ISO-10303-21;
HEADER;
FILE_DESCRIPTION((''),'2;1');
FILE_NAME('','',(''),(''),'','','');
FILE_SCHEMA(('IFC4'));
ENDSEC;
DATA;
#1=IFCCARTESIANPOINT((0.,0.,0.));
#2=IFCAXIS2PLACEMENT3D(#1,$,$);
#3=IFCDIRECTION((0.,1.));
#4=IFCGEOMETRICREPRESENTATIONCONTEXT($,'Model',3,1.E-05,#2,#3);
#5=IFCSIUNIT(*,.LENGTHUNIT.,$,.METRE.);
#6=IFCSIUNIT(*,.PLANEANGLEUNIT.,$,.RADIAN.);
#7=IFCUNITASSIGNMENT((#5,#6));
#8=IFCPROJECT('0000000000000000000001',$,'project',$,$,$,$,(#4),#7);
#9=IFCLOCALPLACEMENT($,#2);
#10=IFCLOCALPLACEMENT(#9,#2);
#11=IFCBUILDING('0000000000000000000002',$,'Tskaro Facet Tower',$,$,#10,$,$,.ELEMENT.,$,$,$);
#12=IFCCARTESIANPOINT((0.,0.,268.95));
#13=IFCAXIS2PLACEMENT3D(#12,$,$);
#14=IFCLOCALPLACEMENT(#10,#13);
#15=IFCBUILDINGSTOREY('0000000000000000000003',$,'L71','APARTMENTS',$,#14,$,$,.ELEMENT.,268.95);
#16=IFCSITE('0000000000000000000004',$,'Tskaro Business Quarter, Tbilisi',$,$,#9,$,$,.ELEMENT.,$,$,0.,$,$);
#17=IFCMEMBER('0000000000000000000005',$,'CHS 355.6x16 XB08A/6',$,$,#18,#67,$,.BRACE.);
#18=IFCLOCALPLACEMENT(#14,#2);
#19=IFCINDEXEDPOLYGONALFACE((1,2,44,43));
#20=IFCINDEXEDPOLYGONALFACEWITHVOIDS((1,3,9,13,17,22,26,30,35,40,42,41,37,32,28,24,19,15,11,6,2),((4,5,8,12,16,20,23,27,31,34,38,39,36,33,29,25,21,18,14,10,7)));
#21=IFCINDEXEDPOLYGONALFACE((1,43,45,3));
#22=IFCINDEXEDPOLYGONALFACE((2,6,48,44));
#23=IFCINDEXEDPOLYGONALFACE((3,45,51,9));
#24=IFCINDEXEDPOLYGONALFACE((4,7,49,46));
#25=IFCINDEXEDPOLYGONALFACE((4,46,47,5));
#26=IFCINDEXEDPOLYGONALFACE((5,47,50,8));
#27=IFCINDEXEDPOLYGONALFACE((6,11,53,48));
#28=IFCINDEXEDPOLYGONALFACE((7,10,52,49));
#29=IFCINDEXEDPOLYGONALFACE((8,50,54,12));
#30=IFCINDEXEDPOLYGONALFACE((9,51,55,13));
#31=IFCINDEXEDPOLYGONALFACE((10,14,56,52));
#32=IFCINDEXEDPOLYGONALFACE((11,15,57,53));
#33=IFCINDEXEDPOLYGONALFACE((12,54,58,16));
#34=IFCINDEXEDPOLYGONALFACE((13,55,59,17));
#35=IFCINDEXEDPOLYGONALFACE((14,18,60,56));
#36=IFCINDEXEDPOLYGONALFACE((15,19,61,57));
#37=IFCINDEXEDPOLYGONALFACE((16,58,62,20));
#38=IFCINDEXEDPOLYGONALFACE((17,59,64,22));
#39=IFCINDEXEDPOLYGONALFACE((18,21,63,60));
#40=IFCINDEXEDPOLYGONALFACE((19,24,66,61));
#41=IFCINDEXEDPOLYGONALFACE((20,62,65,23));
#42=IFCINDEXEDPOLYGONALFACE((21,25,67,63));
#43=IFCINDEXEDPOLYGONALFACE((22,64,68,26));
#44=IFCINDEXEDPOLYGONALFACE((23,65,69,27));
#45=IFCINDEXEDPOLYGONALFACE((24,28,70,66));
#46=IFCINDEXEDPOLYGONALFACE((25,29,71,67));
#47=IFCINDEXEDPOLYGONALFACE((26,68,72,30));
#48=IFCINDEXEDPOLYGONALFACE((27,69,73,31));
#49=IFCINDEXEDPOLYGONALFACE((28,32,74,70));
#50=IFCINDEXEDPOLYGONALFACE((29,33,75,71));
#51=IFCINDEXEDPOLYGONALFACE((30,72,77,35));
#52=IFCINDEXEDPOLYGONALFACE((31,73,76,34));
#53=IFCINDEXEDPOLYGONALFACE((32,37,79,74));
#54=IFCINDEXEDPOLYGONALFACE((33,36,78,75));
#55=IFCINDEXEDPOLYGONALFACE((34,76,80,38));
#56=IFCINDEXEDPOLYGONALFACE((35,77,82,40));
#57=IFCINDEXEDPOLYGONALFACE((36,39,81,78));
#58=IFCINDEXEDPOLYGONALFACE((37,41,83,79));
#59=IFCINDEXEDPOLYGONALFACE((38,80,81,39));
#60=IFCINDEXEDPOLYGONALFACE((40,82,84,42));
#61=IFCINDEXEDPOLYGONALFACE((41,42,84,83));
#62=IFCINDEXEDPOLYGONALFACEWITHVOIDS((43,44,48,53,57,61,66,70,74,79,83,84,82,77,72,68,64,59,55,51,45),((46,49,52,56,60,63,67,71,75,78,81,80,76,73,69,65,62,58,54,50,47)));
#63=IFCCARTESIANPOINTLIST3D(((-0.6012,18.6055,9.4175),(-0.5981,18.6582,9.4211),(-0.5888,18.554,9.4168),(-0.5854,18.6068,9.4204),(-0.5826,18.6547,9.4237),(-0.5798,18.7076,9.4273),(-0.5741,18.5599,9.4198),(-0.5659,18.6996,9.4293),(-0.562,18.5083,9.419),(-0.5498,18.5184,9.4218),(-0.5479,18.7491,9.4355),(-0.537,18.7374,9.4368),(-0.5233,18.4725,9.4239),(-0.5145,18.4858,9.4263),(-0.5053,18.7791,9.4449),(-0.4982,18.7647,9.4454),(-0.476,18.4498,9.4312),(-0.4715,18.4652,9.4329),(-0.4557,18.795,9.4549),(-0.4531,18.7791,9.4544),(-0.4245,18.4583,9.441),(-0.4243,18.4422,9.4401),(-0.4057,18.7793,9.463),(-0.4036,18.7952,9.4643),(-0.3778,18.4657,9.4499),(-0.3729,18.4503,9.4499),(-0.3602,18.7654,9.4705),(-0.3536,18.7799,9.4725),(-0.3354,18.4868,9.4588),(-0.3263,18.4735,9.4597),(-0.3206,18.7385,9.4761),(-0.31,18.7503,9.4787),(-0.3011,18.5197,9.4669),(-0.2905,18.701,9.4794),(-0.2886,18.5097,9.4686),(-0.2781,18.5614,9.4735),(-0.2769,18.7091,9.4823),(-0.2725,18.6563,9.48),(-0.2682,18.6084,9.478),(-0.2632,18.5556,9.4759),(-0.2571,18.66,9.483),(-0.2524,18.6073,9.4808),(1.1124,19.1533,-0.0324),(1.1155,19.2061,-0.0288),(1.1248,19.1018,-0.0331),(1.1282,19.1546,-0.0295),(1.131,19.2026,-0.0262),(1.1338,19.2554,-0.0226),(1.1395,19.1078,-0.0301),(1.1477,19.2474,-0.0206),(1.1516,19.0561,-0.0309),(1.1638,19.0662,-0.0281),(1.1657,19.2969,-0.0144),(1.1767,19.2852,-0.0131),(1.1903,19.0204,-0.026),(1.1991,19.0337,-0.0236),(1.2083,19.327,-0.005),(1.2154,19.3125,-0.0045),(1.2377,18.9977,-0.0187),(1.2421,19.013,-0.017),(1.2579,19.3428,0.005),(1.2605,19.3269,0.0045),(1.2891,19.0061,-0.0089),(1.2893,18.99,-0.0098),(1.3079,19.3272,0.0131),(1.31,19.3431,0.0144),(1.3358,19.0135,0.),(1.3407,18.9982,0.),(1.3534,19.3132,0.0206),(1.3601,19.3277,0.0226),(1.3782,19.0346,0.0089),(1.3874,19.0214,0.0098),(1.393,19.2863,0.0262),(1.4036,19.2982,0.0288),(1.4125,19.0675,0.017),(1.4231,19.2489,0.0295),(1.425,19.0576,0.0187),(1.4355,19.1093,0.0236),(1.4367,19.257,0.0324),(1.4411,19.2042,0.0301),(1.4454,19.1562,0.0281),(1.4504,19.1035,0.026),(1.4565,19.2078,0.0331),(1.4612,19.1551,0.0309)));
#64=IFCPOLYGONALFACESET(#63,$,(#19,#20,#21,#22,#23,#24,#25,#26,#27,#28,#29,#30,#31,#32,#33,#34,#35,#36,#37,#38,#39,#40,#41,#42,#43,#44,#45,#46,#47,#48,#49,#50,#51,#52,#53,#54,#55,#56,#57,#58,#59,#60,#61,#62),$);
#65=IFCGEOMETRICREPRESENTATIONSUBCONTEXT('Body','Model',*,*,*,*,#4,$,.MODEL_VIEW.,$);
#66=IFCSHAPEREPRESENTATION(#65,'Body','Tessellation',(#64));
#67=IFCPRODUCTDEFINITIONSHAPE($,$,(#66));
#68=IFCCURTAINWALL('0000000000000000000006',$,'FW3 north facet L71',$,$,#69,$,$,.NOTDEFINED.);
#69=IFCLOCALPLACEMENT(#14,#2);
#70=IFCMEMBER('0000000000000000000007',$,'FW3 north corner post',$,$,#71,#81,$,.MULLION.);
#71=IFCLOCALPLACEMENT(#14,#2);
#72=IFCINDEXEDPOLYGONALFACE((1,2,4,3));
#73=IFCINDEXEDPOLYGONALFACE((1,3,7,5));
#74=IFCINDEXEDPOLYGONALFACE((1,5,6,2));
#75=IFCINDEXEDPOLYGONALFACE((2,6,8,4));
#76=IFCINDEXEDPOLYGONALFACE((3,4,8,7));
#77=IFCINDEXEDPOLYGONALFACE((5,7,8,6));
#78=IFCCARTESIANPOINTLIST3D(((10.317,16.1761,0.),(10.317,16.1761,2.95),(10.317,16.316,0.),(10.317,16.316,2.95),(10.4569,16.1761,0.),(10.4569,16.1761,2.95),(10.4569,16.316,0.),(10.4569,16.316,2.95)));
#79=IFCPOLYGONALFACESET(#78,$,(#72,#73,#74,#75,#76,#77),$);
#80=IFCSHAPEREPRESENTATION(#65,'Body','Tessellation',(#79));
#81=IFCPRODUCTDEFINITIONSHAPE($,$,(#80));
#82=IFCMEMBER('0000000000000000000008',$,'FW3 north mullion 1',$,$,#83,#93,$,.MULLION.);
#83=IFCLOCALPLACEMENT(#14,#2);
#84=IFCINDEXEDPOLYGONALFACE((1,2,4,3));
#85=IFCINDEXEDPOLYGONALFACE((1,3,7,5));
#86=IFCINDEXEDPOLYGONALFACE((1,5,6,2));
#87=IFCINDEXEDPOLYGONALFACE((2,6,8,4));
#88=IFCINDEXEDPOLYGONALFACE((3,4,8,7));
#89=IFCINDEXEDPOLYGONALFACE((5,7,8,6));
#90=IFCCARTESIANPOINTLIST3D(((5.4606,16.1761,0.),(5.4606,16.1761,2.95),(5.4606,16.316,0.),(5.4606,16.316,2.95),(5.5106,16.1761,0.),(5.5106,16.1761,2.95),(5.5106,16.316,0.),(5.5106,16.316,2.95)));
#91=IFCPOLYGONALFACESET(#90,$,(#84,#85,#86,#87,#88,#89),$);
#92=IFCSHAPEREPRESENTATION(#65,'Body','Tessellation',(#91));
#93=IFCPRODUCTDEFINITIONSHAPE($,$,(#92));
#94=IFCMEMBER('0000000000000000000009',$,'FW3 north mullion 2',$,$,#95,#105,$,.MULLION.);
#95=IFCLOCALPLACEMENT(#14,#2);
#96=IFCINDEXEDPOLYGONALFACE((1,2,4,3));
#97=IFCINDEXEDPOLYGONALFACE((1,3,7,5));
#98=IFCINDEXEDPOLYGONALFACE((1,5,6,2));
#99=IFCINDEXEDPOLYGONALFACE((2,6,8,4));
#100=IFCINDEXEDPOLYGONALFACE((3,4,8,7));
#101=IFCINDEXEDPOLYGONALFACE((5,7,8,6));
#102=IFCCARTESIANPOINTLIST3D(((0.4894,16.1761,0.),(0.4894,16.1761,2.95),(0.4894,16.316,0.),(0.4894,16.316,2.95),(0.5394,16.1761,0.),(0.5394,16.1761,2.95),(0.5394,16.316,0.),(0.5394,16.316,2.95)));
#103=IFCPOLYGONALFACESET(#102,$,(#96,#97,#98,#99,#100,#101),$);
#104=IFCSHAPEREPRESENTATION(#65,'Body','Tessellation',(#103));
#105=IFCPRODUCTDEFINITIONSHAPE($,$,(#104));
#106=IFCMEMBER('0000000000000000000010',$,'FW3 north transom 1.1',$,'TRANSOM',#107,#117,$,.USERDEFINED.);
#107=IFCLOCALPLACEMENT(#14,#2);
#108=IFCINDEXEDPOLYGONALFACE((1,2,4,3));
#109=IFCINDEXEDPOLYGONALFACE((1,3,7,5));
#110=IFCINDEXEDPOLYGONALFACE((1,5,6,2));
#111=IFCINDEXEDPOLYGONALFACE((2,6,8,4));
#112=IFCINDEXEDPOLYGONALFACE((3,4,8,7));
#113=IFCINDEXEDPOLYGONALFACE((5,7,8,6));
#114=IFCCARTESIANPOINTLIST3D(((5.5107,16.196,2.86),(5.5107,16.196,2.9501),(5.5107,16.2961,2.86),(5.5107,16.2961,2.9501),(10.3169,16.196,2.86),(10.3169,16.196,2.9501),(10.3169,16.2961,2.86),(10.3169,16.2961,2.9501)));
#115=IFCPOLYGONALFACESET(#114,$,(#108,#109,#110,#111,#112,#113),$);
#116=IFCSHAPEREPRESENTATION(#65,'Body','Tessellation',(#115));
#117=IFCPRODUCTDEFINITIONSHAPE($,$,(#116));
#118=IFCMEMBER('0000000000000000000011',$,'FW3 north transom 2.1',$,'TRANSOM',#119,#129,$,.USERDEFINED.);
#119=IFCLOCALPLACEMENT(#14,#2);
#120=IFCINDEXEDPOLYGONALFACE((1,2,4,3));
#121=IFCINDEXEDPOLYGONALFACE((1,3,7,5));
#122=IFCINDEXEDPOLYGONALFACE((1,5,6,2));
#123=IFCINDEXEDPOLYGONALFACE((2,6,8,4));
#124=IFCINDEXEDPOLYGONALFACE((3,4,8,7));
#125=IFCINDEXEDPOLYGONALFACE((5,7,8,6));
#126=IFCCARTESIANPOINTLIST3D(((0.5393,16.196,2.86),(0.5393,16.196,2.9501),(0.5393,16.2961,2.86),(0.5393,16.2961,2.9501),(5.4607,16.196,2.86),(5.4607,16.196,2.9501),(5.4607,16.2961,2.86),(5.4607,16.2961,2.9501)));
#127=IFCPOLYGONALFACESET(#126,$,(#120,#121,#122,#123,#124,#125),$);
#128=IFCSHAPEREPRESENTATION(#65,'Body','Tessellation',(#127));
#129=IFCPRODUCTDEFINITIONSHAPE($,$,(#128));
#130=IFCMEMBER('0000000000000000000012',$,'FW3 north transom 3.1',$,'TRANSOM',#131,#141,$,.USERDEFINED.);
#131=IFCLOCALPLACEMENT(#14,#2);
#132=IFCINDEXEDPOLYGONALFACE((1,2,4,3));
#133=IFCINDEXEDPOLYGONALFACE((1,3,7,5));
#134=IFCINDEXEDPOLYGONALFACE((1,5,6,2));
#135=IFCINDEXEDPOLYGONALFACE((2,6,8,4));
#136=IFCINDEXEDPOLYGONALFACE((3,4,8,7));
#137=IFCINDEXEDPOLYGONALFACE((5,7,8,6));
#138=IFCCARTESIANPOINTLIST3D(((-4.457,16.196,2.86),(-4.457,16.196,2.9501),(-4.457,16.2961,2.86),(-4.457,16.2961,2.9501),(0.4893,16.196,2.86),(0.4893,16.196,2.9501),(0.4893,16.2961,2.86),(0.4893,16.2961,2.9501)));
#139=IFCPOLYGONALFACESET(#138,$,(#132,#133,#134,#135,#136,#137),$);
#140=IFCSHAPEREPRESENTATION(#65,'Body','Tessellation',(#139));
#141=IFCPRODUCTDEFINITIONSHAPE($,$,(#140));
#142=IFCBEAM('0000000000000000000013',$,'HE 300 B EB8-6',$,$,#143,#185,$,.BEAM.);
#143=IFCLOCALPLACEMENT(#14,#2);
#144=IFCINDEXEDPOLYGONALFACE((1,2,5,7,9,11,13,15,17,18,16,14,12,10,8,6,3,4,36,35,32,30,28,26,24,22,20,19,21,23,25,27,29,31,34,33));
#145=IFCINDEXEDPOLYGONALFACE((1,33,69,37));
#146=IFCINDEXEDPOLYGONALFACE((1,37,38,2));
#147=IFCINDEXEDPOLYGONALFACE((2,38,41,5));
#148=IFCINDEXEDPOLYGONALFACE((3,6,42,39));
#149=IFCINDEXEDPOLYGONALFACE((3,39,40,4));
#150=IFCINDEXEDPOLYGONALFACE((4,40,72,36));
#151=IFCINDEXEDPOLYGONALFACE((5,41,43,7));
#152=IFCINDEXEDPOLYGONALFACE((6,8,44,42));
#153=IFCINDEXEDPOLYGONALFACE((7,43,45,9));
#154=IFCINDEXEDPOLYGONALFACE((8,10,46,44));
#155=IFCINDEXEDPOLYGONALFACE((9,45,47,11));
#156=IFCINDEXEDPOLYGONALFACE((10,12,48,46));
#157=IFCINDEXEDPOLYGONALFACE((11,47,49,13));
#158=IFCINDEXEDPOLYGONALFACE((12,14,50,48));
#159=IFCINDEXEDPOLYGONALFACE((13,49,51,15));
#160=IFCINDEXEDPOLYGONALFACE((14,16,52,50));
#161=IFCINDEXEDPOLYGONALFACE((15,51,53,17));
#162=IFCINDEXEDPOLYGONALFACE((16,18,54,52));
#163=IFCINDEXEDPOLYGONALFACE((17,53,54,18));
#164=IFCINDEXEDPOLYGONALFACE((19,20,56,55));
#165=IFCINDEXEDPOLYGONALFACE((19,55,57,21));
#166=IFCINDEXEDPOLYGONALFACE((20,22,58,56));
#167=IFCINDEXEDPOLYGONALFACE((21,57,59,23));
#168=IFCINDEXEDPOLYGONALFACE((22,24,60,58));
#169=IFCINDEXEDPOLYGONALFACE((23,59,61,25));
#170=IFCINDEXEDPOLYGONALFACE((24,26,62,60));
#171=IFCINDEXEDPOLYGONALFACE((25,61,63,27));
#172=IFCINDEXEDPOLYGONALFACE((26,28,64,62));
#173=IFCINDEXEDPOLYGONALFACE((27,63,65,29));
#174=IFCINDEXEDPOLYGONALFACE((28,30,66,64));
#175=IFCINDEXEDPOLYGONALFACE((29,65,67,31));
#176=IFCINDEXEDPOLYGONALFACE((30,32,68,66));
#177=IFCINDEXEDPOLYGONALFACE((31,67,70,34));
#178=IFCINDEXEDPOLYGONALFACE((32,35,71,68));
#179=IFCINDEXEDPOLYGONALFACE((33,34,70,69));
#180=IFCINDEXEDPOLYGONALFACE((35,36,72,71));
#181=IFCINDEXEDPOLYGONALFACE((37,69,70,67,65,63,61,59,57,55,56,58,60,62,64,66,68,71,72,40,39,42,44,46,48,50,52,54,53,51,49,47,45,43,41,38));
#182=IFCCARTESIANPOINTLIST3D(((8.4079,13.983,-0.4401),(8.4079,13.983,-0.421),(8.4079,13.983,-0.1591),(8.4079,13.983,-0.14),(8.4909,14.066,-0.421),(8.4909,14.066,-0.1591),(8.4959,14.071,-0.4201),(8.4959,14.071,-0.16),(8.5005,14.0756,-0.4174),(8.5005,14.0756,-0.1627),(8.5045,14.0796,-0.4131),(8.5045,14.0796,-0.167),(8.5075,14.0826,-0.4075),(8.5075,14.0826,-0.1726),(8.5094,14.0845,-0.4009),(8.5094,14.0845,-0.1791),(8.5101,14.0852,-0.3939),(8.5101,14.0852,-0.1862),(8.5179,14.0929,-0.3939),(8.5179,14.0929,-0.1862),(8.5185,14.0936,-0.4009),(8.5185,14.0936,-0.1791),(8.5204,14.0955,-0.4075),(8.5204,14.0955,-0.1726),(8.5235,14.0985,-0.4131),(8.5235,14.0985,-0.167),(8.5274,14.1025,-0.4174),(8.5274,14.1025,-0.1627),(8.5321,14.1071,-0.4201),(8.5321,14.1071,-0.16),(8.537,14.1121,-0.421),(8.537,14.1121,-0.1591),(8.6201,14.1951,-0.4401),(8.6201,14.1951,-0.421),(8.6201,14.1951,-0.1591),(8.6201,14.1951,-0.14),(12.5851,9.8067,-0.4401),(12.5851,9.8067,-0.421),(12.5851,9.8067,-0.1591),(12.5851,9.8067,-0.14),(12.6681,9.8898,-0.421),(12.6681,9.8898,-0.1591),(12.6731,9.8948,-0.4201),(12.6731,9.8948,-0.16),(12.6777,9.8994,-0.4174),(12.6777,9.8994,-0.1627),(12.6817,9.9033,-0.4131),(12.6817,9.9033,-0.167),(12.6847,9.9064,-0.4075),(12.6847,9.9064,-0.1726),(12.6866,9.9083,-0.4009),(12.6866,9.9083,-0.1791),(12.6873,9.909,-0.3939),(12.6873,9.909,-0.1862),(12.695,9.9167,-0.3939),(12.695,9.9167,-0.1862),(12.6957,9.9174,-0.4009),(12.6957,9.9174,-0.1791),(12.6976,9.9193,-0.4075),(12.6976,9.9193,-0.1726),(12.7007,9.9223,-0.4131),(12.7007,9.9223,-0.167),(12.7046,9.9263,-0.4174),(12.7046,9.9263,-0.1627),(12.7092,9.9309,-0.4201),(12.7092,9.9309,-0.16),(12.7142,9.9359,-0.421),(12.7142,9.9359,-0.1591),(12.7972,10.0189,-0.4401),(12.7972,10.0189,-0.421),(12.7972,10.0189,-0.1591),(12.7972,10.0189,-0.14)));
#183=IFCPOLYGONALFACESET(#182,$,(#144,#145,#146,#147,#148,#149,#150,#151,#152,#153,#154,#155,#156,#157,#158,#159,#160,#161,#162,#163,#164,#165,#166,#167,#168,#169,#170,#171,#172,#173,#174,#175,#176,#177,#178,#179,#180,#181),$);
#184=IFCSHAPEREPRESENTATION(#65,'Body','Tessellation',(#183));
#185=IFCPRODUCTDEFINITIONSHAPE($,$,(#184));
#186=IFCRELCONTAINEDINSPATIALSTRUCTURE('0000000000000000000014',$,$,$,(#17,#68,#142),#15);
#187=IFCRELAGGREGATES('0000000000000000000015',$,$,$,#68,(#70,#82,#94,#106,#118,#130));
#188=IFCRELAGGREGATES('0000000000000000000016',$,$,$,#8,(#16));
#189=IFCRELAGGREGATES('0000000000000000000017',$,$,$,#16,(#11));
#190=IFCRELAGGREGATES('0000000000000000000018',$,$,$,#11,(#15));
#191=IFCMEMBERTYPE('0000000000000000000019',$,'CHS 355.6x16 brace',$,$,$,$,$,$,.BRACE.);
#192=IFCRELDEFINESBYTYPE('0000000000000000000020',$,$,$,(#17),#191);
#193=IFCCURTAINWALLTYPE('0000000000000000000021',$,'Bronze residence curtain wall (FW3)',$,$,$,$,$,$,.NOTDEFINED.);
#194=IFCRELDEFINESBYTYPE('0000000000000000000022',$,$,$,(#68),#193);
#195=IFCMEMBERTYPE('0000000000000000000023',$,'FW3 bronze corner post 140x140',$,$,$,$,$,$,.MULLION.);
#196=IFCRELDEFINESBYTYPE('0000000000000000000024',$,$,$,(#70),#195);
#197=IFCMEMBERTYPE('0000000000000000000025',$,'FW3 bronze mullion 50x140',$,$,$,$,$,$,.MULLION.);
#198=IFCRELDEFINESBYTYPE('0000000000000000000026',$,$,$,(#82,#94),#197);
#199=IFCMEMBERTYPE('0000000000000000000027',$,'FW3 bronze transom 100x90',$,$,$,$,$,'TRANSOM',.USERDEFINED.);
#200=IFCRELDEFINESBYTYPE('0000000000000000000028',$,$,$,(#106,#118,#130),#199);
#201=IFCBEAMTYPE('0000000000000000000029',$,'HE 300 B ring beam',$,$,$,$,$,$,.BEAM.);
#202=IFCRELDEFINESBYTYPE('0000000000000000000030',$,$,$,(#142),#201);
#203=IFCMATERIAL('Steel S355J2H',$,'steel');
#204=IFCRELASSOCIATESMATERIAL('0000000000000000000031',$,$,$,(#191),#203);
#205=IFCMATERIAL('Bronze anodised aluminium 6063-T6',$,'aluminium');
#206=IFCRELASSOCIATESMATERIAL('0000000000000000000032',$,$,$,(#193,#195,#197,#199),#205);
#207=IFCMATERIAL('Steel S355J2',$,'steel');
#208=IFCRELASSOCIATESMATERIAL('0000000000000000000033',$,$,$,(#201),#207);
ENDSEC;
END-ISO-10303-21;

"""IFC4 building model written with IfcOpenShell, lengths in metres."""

from ifc_helpers import new_model, si_unit, direction, frame, origin, origin_2d, place, context, subcontext, project, spatial, rectangle, hollow_circle, i_section, extrude, material, material_profile, profile_set, type_object, element, aggregate, save


model = new_model("IFC4")

# Units and contexts
model_context = context("Model", 3, precision=1e-05, world=origin(), true_north=direction((0.0, 1.0)))
body_context = subcontext(model_context, "Body", "Model", "MODEL_VIEW")
ifc_project = project(units=[si_unit("LENGTHUNIT", "METRE"), si_unit("PLANEANGLEUNIT", "RADIAN")], contexts=[model_context])

# Site, building, storey
site_placement = place(None, origin())
site = spatial("IfcSite", under=ifc_project, at=site_placement, Name="Tskaro Business Quarter, Tbilisi", CompositionType="ELEMENT", RefElevation=0.0)
building_placement = place(site_placement, origin())
building = spatial("IfcBuilding", under=site, at=building_placement, Name="Tskaro Facet Tower", CompositionType="ELEMENT")
storey_placement = place(building_placement, frame((0.0, 0.0, 268.95)))
storey = spatial("IfcBuildingStorey", under=building, at=storey_placement, Name="L71", Description="APARTMENTS", CompositionType="ELEMENT", Elevation=268.95)

# Shared definitions
ifc_material_1 = material(Name="Steel S355J2", Category="steel")
ifc_material_2 = material(Name="Steel S355J2H", Category="steel")

# Member
ifc_material_profile_1 = material_profile(ifc_material_2, hollow_circle(Radius=0.1777, WallThickness=0.0161, at=origin_2d()), Name="CHS 355.6x16")
ifc_profile_set_1 = profile_set([ifc_material_profile_1], Name="Steel S355J2H")
member_type_1 = type_object("IfcMemberType", Name="CHS 355.6x16 brace", PredefinedType="BRACE", material=ifc_profile_set_1)
for number, where, z_axis, x_axis, name in (
    (1, (1.2866, 19.1675, 0.0), (-0.178137, -0.056951, 0.982356), (0.30452, -0.952506, 0.0), "CHS 355.6x16 XB08A/6"),
):
    element("IfcMember", number, at=place(storey_placement, frame(where, z_axis=z_axis, x_axis=x_axis)), inside=storey, type_object=member_type_1, Name=name, PredefinedType="BRACE", context=body_context, shape_type="SweptSolid", body=[
        extrude(hollow_circle(Radius=0.1777, WallThickness=0.0161, at=origin_2d()), origin(), (0.0, 0.0, 1.0), 9.6196),
    ])

# Curtain wall, members
ifc_material_3 = material(Name="Bronze anodised aluminium 6063-T6", Category="aluminium")
curtain_wall_type = type_object("IfcCurtainWallType", Name="Bronze residence curtain wall (FW3)", PredefinedType="NOTDEFINED", material=ifc_material_3)
curtain_wall_1_placement = place(storey_placement, origin())
curtain_wall_1 = element("IfcCurtainWall", 2, at=curtain_wall_1_placement, inside=storey, type_object=curtain_wall_type, Name="FW3 north facet L71", PredefinedType="NOTDEFINED")
ifc_material_profile_2 = material_profile(ifc_material_3, rectangle(XDim=0.1399, YDim=0.1399, at=origin_2d()), Name="Corner post 140x140")
ifc_profile_set_2 = profile_set([ifc_material_profile_2], Name="Bronze anodised aluminium 6063-T6")
member_type_2 = type_object("IfcMemberType", Name="FW3 bronze corner post 140x140", PredefinedType="MULLION", material=ifc_profile_set_2)
member_1_placement = place(storey_placement, frame((10.387, 16.2461, 0.0), z_axis=(0.0, 0.0, 1.0), x_axis=(-1.0, 0.0, 0.0)))
member_1 = element("IfcMember", 3, at=member_1_placement, type_object=member_type_2, Name="FW3 north corner post", PredefinedType="MULLION", context=body_context, shape_type="SweptSolid", body=[
    extrude(rectangle(XDim=0.1399, YDim=0.1399, at=origin_2d()), origin(), (0.0, 0.0, 1.0), 2.95),
])
ifc_material_profile_3 = material_profile(ifc_material_3, rectangle(XDim=0.05, YDim=0.1399, at=origin_2d()), Name="Mullion 50x140")
ifc_profile_set_3 = profile_set([ifc_material_profile_3], Name="Bronze anodised aluminium 6063-T6")
member_type_3 = type_object("IfcMemberType", Name="FW3 bronze mullion 50x140", PredefinedType="MULLION", material=ifc_profile_set_3)
member_2_placement = place(storey_placement, frame((5.4856, 16.2461, 0.0), z_axis=(0.0, 0.0, 1.0), x_axis=(-1.0, 0.0, 0.0)))
member_2 = element("IfcMember", 4, at=member_2_placement, type_object=member_type_3, Name="FW3 north mullion 1", PredefinedType="MULLION", context=body_context, shape_type="SweptSolid", body=[
    extrude(rectangle(XDim=0.05, YDim=0.1399, at=origin_2d()), origin(), (0.0, 0.0, 1.0), 2.95),
])
member_3_placement = place(storey_placement, frame((0.5144, 16.2461, 0.0), z_axis=(0.0, 0.0, 1.0), x_axis=(-1.0, 0.0, 0.0)))
member_3 = element("IfcMember", 5, at=member_3_placement, type_object=member_type_3, Name="FW3 north mullion 2", PredefinedType="MULLION", context=body_context, shape_type="SweptSolid", body=[
    extrude(rectangle(XDim=0.05, YDim=0.1399, at=origin_2d()), origin(), (0.0, 0.0, 1.0), 2.95),
])
ifc_material_profile_4 = material_profile(ifc_material_3, rectangle(XDim=0.1001, YDim=0.0901, at=origin_2d()), Name="Transom 100x90")
ifc_profile_set_4 = profile_set([ifc_material_profile_4], Name="Bronze anodised aluminium 6063-T6")
member_type_4 = type_object("IfcMemberType", Name="FW3 bronze transom 100x90", ElementType="TRANSOM", PredefinedType="USERDEFINED", material=ifc_profile_set_4)
member_4_placement = place(storey_placement, frame((10.3169, 16.2461, 2.905), z_axis=(-1.0, 0.0, 0.0), x_axis=(0.0, -1.0, 0.0)))
member_4 = element("IfcMember", 6, at=member_4_placement, type_object=member_type_4, Name="FW3 north transom 1.1", ObjectType="TRANSOM", PredefinedType="USERDEFINED", context=body_context, shape_type="SweptSolid", body=[
    extrude(rectangle(XDim=0.1001, YDim=0.0901, at=origin_2d()), origin(), (0.0, 0.0, 1.0), 4.8062),
])
member_5_placement = place(storey_placement, frame((5.4607, 16.2461, 2.905), z_axis=(-1.0, 0.0, 0.0), x_axis=(0.0, -1.0, 0.0)))
member_5 = element("IfcMember", 7, at=member_5_placement, type_object=member_type_4, Name="FW3 north transom 2.1", ObjectType="TRANSOM", PredefinedType="USERDEFINED", context=body_context, shape_type="SweptSolid", body=[
    extrude(rectangle(XDim=0.1001, YDim=0.0901, at=origin_2d()), origin(), (0.0, 0.0, 1.0), 4.9214),
])
member_6_placement = place(storey_placement, frame((0.4893, 16.2461, 2.905), z_axis=(-1.0, 0.0, 0.0), x_axis=(0.0, -1.0, 0.0)))
member_6 = element("IfcMember", 8, at=member_6_placement, type_object=member_type_4, Name="FW3 north transom 3.1", ObjectType="TRANSOM", PredefinedType="USERDEFINED", context=body_context, shape_type="SweptSolid", body=[
    extrude(rectangle(XDim=0.1001, YDim=0.0901, at=origin_2d()), origin(), (0.0, 0.0, 1.0), 4.9463),
])

# Beam
ifc_material_profile_5 = material_profile(ifc_material_1, i_section(OverallWidth=0.3, OverallDepth=0.3, WebThickness=0.011, FlangeThickness=0.019, FilletRadius=0.0271, at=origin_2d()), Name="HE 300 B")
ifc_profile_set_5 = profile_set([ifc_material_profile_5], Name="Steel S355J2")
beam_type_1 = type_object("IfcBeamType", Name="HE 300 B ring beam", PredefinedType="BEAM", material=ifc_profile_set_5)
beam_1_placement = place(storey_placement, frame((12.6912, 9.9128, -0.29), z_axis=(-0.707189, 0.707024, 0.0), x_axis=(-0.707024, -0.707189, 0.0)))
element("IfcBeam", 9, at=beam_1_placement, inside=storey, type_object=beam_type_1, Name="HE 300 B EB8-6", PredefinedType="BEAM", context=body_context, shape_type="SweptSolid", body=[
    extrude(i_section(OverallWidth=0.3, OverallDepth=0.3, WebThickness=0.011, FlangeThickness=0.019, FilletRadius=0.0271, at=origin_2d()), origin(), (0.0, 0.0, 1.0), 5.9067),
])

aggregate(curtain_wall_1, [member_1, member_2, member_3, member_4, member_5, member_6])

save(model, "model.ifc")
